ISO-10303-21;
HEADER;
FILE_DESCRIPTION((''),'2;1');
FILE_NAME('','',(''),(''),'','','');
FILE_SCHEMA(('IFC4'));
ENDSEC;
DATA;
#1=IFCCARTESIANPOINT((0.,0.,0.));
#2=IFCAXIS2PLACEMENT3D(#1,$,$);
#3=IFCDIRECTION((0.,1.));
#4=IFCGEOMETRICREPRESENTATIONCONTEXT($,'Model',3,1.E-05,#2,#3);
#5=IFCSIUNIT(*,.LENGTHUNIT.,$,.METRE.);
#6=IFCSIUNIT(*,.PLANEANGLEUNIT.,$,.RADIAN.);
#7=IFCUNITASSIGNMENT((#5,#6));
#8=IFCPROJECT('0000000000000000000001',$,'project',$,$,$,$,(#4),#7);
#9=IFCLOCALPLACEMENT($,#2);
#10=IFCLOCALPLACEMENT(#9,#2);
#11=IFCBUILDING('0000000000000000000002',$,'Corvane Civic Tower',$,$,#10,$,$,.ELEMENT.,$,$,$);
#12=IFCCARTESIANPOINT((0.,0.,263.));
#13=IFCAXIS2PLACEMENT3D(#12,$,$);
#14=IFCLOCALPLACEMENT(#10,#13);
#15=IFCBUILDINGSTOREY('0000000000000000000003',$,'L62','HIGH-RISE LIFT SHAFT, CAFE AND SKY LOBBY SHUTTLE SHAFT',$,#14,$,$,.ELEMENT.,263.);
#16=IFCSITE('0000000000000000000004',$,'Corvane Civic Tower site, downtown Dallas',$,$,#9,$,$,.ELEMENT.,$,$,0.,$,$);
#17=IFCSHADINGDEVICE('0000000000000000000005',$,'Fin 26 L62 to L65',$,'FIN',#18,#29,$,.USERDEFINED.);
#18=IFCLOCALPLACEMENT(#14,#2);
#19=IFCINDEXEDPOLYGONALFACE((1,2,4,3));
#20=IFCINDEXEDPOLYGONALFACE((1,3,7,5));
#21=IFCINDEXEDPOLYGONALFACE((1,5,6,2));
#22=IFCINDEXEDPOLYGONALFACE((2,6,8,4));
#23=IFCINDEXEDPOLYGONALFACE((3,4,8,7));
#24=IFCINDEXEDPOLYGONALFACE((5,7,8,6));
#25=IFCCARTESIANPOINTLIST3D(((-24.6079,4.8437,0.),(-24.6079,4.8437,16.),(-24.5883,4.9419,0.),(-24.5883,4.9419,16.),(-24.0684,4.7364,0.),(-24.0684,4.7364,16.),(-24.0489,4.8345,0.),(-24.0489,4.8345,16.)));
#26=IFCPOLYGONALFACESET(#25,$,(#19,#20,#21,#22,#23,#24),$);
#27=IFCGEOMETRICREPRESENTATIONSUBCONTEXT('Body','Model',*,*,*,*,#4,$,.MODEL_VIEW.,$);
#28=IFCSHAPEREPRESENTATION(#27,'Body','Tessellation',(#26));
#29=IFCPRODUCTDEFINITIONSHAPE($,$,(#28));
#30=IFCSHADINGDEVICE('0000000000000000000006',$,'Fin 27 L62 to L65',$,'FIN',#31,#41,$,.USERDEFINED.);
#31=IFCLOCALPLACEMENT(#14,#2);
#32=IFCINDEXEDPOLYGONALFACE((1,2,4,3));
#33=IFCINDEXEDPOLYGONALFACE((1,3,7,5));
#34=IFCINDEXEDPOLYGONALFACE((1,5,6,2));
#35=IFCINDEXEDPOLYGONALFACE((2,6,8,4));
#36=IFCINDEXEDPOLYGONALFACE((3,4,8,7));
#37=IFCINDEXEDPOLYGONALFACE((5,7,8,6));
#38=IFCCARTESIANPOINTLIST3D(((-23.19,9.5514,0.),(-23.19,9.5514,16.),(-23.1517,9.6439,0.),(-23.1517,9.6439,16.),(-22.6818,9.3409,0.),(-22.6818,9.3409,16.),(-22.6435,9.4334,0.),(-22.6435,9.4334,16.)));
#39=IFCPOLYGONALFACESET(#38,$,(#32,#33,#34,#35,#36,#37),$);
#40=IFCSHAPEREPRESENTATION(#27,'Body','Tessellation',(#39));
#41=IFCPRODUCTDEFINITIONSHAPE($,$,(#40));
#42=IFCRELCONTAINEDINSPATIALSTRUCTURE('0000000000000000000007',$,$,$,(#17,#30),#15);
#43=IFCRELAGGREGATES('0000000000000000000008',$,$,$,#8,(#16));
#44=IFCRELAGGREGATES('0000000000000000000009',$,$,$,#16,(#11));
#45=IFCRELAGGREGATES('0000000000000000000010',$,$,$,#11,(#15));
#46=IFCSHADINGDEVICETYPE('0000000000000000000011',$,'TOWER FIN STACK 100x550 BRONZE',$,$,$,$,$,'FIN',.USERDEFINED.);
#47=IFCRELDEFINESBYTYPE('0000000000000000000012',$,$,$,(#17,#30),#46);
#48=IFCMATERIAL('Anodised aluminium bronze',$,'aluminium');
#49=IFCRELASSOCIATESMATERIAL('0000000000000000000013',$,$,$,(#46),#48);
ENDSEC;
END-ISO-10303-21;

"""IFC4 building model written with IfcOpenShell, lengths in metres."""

from ifc_helpers import new_model, si_unit, direction, frame, origin, origin_2d, place, context, subcontext, project, spatial, rectangle, extrude, material, material_profile, profile_set, type_object, element, save


model = new_model("IFC4")

# Units and contexts
model_context = context("Model", 3, precision=1e-05, world=origin(), true_north=direction((0.0, 1.0)))
body_context = subcontext(model_context, "Body", "Model", "MODEL_VIEW")
ifc_project = project(units=[si_unit("LENGTHUNIT", "METRE"), si_unit("PLANEANGLEUNIT", "RADIAN")], contexts=[model_context])

# Site, building, storey
site_placement = place(None, origin())
site = spatial("IfcSite", under=ifc_project, at=site_placement, Name="Corvane Civic Tower site, downtown Dallas", CompositionType="ELEMENT", RefElevation=0.0)
building_placement = place(site_placement, origin())
building = spatial("IfcBuilding", under=site, at=building_placement, Name="Corvane Civic Tower", CompositionType="ELEMENT")
storey_placement = place(building_placement, frame((0.0, 0.0, 263.0)))
storey = spatial("IfcBuildingStorey", under=building, at=storey_placement, Name="L62", Description="HIGH-RISE LIFT SHAFT, CAFE AND SKY LOBBY SHUTTLE SHAFT", CompositionType="ELEMENT", Elevation=263.0)

# Shading devices
ifc_material_1 = material(Name="Anodised aluminium bronze", Category="aluminium")
ifc_material_profile_1 = material_profile(ifc_material_1, rectangle(XDim=0.1001, YDim=0.55, at=origin_2d()), Name="TOWER FIN STACK 100x550 BRONZE")
ifc_profile_set_1 = profile_set([ifc_material_profile_1], Name="Anodised aluminium bronze")
shading_device_type = type_object("IfcShadingDeviceType", Name="TOWER FIN STACK 100x550 BRONZE", ElementType="FIN", PredefinedType="USERDEFINED", material=ifc_profile_set_1)
for number, where, z_axis, x_axis, name in (
    (1, (-24.3284, 4.8391, 0.0), (0.0, 0.0, 1.0), (0.19509, 0.980785, 0.0), "Fin 26 L62 to L65"),
    (2, (-22.9167, 9.4924, 0.0), (0.0, 0.0, 1.0), (0.382683, 0.92388, 0.0), "Fin 27 L62 to L65"),
):
    element("IfcShadingDevice", number, at=place(storey_placement, frame(where, z_axis=z_axis, x_axis=x_axis)), inside=storey, type_object=shading_device_type, Name=name, ObjectType="FIN", PredefinedType="USERDEFINED", context=body_context, shape_type="SweptSolid", body=[
        extrude(rectangle(XDim=0.1001, YDim=0.55, at=origin_2d()), origin(), (0.0, 0.0, 1.0), 16.0),
    ])

save(model, "model.ifc")
